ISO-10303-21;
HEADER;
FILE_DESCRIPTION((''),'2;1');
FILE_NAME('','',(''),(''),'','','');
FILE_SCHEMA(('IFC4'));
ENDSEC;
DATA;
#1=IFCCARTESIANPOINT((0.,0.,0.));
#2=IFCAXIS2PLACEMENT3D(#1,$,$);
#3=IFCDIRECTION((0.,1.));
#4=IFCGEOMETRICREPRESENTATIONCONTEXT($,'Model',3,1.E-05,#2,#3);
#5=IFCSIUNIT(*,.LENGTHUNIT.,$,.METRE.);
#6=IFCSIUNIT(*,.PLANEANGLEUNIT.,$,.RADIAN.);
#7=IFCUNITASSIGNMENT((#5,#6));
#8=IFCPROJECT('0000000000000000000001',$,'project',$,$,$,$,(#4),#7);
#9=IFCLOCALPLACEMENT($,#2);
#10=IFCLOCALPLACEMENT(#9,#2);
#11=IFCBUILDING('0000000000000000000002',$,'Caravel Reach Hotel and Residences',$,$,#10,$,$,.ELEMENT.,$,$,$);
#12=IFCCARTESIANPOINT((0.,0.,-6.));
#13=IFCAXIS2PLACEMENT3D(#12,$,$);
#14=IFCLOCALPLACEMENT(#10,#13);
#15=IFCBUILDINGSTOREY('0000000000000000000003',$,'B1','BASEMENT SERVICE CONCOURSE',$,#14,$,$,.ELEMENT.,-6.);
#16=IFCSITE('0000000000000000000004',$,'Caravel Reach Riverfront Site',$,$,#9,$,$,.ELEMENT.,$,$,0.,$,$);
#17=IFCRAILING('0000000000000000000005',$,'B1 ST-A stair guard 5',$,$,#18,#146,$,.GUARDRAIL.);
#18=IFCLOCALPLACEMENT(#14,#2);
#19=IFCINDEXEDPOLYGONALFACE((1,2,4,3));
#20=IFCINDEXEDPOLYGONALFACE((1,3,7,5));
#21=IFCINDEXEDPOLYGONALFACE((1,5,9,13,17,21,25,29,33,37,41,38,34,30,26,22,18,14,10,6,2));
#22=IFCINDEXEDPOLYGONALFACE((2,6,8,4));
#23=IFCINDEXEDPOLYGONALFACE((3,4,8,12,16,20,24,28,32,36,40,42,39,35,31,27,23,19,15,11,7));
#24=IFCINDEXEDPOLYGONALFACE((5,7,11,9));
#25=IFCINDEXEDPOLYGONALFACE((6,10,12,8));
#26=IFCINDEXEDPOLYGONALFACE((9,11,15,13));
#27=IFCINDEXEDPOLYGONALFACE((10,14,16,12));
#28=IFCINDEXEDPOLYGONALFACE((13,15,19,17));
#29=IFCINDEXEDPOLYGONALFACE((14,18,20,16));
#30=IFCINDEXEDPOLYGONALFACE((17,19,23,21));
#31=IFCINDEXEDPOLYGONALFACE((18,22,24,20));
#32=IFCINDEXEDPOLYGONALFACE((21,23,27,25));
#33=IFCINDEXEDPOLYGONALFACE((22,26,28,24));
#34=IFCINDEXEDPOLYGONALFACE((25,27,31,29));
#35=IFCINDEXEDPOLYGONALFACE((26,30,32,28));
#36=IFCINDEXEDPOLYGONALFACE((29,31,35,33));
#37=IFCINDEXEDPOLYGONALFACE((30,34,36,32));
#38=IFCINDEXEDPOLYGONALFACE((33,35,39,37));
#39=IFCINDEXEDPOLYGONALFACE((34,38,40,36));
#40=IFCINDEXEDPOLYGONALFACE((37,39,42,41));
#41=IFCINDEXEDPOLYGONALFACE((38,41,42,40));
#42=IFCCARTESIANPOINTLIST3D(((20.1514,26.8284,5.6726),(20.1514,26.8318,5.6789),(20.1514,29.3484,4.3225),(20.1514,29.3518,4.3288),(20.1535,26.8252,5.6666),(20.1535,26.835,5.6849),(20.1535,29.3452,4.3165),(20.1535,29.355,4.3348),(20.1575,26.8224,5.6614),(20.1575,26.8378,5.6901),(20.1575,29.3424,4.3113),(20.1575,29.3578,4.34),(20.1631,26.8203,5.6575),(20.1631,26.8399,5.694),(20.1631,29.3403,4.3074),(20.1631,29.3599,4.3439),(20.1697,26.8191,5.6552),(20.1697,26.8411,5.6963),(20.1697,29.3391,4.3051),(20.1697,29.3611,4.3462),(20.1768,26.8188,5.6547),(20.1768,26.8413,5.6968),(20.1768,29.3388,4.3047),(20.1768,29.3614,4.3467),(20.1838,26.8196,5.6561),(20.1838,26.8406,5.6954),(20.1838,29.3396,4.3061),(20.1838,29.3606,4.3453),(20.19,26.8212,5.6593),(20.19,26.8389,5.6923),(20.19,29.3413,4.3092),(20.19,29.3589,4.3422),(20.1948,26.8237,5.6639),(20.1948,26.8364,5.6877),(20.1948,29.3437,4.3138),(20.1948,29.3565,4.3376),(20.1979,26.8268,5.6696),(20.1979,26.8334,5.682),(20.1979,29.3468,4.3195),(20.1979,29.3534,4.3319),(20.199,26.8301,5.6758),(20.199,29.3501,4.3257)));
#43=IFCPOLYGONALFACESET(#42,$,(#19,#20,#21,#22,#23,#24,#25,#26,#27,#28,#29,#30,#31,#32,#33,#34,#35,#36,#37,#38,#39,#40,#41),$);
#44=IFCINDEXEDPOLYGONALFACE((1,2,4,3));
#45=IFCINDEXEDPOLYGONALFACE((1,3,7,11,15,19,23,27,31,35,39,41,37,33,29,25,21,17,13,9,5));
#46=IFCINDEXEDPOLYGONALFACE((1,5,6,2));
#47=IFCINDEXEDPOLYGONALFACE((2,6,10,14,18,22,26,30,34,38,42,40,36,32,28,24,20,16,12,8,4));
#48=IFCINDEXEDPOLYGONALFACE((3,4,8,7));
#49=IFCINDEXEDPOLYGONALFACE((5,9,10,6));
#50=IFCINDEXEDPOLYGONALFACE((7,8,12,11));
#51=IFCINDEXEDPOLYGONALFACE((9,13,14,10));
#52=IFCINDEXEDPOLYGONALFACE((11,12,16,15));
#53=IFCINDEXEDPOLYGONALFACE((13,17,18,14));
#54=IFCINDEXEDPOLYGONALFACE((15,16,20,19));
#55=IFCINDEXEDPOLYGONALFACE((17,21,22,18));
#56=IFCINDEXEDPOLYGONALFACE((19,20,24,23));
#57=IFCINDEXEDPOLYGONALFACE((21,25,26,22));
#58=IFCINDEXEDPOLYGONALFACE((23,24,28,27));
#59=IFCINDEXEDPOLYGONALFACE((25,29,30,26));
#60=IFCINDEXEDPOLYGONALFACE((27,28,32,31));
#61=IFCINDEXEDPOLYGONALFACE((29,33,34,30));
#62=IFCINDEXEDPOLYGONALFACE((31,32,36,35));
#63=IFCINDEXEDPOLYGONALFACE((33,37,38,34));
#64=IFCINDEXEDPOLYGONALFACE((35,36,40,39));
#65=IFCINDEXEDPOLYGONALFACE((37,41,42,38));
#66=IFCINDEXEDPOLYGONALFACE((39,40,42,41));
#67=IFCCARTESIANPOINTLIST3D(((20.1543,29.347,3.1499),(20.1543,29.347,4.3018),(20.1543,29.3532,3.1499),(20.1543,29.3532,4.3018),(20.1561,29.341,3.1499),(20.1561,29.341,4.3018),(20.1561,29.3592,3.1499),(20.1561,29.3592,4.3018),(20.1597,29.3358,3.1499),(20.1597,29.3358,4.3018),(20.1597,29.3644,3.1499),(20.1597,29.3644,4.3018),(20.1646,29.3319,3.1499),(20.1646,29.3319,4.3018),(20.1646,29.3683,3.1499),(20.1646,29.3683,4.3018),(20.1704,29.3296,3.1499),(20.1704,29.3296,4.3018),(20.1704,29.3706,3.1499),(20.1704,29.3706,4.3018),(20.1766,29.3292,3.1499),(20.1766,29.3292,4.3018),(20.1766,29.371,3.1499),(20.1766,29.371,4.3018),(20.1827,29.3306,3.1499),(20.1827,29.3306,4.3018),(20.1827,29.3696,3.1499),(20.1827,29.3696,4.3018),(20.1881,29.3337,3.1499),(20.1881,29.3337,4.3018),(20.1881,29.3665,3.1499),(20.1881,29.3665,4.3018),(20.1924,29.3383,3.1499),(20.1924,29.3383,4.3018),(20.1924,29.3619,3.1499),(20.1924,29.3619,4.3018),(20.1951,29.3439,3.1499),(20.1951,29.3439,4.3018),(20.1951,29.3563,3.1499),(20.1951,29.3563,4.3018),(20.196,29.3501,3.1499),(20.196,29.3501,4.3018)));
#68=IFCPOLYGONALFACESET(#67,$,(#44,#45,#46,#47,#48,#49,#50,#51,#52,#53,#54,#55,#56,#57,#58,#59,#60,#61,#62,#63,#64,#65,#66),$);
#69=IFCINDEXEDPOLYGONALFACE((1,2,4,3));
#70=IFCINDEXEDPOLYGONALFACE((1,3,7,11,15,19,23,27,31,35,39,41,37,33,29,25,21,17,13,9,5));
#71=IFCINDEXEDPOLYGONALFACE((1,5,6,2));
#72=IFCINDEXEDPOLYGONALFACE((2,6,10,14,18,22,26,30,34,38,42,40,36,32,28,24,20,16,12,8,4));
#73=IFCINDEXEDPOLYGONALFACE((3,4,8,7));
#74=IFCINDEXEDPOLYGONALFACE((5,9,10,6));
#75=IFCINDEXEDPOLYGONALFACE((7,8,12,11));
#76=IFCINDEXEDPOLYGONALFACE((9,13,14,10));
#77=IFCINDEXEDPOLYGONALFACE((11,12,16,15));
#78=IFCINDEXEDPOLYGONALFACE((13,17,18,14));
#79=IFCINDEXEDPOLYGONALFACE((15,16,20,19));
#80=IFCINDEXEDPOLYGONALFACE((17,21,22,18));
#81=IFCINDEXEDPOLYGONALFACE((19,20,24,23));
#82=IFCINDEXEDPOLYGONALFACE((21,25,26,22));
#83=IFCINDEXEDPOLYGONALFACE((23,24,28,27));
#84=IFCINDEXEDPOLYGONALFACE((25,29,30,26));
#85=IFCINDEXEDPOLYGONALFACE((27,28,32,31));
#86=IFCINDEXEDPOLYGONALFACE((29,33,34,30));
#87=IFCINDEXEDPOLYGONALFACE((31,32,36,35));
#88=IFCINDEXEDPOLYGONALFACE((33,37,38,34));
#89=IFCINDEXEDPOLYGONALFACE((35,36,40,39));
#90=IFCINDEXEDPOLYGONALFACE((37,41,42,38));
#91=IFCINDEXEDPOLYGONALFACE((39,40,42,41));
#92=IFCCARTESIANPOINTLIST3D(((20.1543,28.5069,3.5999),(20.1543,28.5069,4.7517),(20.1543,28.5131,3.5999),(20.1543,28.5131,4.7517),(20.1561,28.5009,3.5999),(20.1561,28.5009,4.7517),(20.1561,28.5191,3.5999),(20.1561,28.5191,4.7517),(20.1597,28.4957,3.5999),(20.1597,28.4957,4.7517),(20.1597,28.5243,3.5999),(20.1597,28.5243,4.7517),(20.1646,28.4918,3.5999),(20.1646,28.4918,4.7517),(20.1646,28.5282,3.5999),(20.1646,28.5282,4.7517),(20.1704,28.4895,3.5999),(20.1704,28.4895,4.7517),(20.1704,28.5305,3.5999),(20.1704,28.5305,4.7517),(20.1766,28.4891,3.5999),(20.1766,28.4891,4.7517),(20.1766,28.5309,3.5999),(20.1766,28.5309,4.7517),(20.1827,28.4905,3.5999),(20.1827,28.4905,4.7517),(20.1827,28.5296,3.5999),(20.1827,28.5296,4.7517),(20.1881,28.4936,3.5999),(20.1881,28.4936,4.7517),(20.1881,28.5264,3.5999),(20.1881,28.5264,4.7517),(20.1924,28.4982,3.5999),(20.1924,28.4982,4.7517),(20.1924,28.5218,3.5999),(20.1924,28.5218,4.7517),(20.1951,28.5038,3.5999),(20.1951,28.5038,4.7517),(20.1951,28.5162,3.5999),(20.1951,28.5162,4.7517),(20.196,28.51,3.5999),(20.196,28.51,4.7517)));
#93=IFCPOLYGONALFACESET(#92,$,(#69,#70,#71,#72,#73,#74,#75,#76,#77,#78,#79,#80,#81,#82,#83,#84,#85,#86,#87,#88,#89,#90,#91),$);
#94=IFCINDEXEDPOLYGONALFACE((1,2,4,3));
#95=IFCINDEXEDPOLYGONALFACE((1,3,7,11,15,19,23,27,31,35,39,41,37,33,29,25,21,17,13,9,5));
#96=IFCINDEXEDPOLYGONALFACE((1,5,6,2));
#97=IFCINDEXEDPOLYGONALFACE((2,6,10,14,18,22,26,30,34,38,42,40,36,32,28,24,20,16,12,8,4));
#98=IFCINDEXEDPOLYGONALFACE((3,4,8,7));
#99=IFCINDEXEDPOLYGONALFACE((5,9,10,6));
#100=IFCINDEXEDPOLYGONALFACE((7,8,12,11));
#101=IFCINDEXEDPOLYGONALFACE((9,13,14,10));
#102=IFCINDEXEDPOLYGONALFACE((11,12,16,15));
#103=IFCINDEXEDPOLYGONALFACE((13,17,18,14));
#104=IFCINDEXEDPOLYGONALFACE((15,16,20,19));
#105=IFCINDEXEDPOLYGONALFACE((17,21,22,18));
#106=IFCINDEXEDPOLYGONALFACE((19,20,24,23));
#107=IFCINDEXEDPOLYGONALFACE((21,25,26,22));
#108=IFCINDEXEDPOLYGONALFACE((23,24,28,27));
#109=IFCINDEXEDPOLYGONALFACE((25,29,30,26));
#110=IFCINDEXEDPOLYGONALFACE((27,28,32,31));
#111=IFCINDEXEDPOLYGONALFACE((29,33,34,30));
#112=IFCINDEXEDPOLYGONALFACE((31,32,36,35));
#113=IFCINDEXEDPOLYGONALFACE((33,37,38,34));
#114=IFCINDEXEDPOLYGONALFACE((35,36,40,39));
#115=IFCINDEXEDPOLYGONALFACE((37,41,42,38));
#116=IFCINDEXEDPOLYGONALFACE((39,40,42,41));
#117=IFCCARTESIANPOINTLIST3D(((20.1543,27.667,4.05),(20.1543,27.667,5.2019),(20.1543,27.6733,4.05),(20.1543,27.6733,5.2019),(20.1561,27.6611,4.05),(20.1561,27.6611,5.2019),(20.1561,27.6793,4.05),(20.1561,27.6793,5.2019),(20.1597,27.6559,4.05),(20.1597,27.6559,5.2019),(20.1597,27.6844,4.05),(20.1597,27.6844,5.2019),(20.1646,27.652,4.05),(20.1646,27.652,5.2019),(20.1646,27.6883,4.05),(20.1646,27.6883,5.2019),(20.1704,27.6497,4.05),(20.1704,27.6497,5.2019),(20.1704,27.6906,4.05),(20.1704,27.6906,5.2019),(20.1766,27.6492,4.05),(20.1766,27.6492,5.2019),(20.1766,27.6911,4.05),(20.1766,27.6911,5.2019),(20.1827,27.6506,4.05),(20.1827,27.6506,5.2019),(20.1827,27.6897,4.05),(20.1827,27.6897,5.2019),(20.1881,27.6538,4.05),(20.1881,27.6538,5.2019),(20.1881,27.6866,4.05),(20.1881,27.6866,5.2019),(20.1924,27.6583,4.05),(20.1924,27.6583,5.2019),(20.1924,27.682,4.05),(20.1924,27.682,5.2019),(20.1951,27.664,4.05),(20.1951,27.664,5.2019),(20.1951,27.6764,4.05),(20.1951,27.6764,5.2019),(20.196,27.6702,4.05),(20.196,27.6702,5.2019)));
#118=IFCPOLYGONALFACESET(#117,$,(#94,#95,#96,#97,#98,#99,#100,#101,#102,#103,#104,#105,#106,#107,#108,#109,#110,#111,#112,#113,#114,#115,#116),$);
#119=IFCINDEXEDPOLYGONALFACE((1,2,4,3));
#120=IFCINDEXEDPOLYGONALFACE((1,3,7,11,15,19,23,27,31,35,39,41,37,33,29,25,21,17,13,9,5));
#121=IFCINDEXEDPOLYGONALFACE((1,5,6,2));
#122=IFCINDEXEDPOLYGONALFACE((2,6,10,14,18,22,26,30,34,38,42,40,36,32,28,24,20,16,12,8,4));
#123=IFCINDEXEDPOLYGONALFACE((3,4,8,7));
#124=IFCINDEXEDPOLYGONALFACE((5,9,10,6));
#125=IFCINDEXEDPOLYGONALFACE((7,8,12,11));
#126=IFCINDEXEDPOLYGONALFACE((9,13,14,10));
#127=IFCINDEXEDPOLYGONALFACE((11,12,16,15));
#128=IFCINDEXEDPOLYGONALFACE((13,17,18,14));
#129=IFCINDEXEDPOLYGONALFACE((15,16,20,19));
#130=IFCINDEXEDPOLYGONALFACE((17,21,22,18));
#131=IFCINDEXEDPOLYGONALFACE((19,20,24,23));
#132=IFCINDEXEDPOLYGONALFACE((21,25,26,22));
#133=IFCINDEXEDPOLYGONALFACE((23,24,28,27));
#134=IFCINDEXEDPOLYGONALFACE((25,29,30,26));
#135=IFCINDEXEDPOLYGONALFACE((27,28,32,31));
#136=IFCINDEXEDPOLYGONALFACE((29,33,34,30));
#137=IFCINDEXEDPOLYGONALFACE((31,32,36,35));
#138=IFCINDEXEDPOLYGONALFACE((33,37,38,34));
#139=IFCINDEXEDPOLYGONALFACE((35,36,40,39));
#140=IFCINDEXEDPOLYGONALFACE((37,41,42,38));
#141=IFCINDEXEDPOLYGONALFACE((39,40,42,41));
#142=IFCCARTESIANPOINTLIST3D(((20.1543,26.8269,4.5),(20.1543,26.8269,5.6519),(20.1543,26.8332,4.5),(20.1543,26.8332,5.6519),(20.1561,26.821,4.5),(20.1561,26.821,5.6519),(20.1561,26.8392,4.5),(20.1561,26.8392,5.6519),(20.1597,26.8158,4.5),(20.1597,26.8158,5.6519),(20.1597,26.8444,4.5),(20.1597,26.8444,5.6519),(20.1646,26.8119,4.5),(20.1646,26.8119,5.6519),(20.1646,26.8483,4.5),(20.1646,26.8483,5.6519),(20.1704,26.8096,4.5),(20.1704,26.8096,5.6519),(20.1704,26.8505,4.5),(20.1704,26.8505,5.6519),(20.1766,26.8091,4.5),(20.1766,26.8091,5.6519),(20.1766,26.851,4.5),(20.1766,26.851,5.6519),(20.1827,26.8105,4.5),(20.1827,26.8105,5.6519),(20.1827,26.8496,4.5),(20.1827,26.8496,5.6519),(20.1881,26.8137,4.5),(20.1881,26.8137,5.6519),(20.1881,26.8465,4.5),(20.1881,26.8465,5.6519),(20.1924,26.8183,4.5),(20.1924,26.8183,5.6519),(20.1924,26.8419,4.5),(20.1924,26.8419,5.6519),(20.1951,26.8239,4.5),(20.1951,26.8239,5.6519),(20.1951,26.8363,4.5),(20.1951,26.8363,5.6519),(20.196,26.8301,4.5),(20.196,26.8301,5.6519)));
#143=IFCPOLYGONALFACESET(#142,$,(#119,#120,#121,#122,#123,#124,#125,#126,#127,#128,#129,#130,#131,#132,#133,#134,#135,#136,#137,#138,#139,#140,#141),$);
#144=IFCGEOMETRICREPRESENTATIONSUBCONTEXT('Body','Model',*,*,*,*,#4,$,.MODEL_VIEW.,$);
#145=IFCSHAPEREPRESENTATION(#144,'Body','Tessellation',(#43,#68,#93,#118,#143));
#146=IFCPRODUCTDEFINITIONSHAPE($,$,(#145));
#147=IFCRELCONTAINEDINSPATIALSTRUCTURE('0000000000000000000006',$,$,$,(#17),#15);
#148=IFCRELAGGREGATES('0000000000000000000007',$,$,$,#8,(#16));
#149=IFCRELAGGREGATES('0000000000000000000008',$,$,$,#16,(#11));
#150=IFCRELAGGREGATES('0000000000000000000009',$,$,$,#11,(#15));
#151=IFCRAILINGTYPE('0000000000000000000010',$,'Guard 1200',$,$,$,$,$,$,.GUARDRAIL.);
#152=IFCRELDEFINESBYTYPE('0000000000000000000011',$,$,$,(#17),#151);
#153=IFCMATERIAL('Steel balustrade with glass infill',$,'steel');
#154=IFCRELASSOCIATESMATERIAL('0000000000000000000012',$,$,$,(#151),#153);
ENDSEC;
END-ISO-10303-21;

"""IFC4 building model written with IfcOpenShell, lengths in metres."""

from ifc_helpers import new_model, si_unit, direction, frame, origin, origin_2d, place, context, subcontext, project, spatial, circle, extrude, material, type_object, element, save


model = new_model("IFC4")

# Units and contexts
model_context = context("Model", 3, precision=1e-05, world=origin(), true_north=direction((0.0, 1.0)))
body_context = subcontext(model_context, "Body", "Model", "MODEL_VIEW")
ifc_project = project(units=[si_unit("LENGTHUNIT", "METRE"), si_unit("PLANEANGLEUNIT", "RADIAN")], contexts=[model_context])

# Site, building, storey
site_placement = place(None, origin())
site = spatial("IfcSite", under=ifc_project, at=site_placement, Name="Caravel Reach Riverfront Site", CompositionType="ELEMENT", RefElevation=0.0)
building_placement = place(site_placement, origin())
building = spatial("IfcBuilding", under=site, at=building_placement, Name="Caravel Reach Hotel and Residences", CompositionType="ELEMENT")
storey_placement = place(building_placement, frame((0.0, 0.0, -6.0)))
storey = spatial("IfcBuildingStorey", under=building, at=storey_placement, Name="B1", Description="BASEMENT SERVICE CONCOURSE", CompositionType="ELEMENT", Elevation=-6.0)

# Railing
ifc_material_1 = material(Name="Steel balustrade with glass infill", Category="steel")
railing_type_1 = type_object("IfcRailingType", Name="Guard 1200", PredefinedType="GUARDRAIL", material=ifc_material_1)
railing_1_placement = place(storey_placement, frame((20.175, 29.3501, 3.1499)))
element("IfcRailing", 1, at=railing_1_placement, inside=storey, type_object=railing_type_1, Name="B1 ST-A stair guard 5", PredefinedType="GUARDRAIL", context=body_context, shape_type="SweptSolid", body=[
    extrude(circle(Radius=0.0239, at=origin_2d()), frame((0.0, 0.0, 1.1758), z_axis=(0.0, -0.881467, 0.472245), x_axis=(1.0, 0.0, 0.0)), (0.0, 0.0, 1.0), 2.8589),
    extrude(circle(Radius=0.021, at=origin_2d()), origin(), (0.0, 0.0, 1.0), 1.1519),
    extrude(circle(Radius=0.021, at=origin_2d()), frame((0.0, -0.8401, 0.45)), (0.0, 0.0, 1.0), 1.1519),
    extrude(circle(Radius=0.021, at=origin_2d()), frame((0.0, -1.6799, 0.9001)), (0.0, 0.0, 1.0), 1.1519),
    extrude(circle(Radius=0.021, at=origin_2d()), frame((0.0, -2.52, 1.3501)), (0.0, 0.0, 1.0), 1.1519),
])

save(model, "model.ifc")
